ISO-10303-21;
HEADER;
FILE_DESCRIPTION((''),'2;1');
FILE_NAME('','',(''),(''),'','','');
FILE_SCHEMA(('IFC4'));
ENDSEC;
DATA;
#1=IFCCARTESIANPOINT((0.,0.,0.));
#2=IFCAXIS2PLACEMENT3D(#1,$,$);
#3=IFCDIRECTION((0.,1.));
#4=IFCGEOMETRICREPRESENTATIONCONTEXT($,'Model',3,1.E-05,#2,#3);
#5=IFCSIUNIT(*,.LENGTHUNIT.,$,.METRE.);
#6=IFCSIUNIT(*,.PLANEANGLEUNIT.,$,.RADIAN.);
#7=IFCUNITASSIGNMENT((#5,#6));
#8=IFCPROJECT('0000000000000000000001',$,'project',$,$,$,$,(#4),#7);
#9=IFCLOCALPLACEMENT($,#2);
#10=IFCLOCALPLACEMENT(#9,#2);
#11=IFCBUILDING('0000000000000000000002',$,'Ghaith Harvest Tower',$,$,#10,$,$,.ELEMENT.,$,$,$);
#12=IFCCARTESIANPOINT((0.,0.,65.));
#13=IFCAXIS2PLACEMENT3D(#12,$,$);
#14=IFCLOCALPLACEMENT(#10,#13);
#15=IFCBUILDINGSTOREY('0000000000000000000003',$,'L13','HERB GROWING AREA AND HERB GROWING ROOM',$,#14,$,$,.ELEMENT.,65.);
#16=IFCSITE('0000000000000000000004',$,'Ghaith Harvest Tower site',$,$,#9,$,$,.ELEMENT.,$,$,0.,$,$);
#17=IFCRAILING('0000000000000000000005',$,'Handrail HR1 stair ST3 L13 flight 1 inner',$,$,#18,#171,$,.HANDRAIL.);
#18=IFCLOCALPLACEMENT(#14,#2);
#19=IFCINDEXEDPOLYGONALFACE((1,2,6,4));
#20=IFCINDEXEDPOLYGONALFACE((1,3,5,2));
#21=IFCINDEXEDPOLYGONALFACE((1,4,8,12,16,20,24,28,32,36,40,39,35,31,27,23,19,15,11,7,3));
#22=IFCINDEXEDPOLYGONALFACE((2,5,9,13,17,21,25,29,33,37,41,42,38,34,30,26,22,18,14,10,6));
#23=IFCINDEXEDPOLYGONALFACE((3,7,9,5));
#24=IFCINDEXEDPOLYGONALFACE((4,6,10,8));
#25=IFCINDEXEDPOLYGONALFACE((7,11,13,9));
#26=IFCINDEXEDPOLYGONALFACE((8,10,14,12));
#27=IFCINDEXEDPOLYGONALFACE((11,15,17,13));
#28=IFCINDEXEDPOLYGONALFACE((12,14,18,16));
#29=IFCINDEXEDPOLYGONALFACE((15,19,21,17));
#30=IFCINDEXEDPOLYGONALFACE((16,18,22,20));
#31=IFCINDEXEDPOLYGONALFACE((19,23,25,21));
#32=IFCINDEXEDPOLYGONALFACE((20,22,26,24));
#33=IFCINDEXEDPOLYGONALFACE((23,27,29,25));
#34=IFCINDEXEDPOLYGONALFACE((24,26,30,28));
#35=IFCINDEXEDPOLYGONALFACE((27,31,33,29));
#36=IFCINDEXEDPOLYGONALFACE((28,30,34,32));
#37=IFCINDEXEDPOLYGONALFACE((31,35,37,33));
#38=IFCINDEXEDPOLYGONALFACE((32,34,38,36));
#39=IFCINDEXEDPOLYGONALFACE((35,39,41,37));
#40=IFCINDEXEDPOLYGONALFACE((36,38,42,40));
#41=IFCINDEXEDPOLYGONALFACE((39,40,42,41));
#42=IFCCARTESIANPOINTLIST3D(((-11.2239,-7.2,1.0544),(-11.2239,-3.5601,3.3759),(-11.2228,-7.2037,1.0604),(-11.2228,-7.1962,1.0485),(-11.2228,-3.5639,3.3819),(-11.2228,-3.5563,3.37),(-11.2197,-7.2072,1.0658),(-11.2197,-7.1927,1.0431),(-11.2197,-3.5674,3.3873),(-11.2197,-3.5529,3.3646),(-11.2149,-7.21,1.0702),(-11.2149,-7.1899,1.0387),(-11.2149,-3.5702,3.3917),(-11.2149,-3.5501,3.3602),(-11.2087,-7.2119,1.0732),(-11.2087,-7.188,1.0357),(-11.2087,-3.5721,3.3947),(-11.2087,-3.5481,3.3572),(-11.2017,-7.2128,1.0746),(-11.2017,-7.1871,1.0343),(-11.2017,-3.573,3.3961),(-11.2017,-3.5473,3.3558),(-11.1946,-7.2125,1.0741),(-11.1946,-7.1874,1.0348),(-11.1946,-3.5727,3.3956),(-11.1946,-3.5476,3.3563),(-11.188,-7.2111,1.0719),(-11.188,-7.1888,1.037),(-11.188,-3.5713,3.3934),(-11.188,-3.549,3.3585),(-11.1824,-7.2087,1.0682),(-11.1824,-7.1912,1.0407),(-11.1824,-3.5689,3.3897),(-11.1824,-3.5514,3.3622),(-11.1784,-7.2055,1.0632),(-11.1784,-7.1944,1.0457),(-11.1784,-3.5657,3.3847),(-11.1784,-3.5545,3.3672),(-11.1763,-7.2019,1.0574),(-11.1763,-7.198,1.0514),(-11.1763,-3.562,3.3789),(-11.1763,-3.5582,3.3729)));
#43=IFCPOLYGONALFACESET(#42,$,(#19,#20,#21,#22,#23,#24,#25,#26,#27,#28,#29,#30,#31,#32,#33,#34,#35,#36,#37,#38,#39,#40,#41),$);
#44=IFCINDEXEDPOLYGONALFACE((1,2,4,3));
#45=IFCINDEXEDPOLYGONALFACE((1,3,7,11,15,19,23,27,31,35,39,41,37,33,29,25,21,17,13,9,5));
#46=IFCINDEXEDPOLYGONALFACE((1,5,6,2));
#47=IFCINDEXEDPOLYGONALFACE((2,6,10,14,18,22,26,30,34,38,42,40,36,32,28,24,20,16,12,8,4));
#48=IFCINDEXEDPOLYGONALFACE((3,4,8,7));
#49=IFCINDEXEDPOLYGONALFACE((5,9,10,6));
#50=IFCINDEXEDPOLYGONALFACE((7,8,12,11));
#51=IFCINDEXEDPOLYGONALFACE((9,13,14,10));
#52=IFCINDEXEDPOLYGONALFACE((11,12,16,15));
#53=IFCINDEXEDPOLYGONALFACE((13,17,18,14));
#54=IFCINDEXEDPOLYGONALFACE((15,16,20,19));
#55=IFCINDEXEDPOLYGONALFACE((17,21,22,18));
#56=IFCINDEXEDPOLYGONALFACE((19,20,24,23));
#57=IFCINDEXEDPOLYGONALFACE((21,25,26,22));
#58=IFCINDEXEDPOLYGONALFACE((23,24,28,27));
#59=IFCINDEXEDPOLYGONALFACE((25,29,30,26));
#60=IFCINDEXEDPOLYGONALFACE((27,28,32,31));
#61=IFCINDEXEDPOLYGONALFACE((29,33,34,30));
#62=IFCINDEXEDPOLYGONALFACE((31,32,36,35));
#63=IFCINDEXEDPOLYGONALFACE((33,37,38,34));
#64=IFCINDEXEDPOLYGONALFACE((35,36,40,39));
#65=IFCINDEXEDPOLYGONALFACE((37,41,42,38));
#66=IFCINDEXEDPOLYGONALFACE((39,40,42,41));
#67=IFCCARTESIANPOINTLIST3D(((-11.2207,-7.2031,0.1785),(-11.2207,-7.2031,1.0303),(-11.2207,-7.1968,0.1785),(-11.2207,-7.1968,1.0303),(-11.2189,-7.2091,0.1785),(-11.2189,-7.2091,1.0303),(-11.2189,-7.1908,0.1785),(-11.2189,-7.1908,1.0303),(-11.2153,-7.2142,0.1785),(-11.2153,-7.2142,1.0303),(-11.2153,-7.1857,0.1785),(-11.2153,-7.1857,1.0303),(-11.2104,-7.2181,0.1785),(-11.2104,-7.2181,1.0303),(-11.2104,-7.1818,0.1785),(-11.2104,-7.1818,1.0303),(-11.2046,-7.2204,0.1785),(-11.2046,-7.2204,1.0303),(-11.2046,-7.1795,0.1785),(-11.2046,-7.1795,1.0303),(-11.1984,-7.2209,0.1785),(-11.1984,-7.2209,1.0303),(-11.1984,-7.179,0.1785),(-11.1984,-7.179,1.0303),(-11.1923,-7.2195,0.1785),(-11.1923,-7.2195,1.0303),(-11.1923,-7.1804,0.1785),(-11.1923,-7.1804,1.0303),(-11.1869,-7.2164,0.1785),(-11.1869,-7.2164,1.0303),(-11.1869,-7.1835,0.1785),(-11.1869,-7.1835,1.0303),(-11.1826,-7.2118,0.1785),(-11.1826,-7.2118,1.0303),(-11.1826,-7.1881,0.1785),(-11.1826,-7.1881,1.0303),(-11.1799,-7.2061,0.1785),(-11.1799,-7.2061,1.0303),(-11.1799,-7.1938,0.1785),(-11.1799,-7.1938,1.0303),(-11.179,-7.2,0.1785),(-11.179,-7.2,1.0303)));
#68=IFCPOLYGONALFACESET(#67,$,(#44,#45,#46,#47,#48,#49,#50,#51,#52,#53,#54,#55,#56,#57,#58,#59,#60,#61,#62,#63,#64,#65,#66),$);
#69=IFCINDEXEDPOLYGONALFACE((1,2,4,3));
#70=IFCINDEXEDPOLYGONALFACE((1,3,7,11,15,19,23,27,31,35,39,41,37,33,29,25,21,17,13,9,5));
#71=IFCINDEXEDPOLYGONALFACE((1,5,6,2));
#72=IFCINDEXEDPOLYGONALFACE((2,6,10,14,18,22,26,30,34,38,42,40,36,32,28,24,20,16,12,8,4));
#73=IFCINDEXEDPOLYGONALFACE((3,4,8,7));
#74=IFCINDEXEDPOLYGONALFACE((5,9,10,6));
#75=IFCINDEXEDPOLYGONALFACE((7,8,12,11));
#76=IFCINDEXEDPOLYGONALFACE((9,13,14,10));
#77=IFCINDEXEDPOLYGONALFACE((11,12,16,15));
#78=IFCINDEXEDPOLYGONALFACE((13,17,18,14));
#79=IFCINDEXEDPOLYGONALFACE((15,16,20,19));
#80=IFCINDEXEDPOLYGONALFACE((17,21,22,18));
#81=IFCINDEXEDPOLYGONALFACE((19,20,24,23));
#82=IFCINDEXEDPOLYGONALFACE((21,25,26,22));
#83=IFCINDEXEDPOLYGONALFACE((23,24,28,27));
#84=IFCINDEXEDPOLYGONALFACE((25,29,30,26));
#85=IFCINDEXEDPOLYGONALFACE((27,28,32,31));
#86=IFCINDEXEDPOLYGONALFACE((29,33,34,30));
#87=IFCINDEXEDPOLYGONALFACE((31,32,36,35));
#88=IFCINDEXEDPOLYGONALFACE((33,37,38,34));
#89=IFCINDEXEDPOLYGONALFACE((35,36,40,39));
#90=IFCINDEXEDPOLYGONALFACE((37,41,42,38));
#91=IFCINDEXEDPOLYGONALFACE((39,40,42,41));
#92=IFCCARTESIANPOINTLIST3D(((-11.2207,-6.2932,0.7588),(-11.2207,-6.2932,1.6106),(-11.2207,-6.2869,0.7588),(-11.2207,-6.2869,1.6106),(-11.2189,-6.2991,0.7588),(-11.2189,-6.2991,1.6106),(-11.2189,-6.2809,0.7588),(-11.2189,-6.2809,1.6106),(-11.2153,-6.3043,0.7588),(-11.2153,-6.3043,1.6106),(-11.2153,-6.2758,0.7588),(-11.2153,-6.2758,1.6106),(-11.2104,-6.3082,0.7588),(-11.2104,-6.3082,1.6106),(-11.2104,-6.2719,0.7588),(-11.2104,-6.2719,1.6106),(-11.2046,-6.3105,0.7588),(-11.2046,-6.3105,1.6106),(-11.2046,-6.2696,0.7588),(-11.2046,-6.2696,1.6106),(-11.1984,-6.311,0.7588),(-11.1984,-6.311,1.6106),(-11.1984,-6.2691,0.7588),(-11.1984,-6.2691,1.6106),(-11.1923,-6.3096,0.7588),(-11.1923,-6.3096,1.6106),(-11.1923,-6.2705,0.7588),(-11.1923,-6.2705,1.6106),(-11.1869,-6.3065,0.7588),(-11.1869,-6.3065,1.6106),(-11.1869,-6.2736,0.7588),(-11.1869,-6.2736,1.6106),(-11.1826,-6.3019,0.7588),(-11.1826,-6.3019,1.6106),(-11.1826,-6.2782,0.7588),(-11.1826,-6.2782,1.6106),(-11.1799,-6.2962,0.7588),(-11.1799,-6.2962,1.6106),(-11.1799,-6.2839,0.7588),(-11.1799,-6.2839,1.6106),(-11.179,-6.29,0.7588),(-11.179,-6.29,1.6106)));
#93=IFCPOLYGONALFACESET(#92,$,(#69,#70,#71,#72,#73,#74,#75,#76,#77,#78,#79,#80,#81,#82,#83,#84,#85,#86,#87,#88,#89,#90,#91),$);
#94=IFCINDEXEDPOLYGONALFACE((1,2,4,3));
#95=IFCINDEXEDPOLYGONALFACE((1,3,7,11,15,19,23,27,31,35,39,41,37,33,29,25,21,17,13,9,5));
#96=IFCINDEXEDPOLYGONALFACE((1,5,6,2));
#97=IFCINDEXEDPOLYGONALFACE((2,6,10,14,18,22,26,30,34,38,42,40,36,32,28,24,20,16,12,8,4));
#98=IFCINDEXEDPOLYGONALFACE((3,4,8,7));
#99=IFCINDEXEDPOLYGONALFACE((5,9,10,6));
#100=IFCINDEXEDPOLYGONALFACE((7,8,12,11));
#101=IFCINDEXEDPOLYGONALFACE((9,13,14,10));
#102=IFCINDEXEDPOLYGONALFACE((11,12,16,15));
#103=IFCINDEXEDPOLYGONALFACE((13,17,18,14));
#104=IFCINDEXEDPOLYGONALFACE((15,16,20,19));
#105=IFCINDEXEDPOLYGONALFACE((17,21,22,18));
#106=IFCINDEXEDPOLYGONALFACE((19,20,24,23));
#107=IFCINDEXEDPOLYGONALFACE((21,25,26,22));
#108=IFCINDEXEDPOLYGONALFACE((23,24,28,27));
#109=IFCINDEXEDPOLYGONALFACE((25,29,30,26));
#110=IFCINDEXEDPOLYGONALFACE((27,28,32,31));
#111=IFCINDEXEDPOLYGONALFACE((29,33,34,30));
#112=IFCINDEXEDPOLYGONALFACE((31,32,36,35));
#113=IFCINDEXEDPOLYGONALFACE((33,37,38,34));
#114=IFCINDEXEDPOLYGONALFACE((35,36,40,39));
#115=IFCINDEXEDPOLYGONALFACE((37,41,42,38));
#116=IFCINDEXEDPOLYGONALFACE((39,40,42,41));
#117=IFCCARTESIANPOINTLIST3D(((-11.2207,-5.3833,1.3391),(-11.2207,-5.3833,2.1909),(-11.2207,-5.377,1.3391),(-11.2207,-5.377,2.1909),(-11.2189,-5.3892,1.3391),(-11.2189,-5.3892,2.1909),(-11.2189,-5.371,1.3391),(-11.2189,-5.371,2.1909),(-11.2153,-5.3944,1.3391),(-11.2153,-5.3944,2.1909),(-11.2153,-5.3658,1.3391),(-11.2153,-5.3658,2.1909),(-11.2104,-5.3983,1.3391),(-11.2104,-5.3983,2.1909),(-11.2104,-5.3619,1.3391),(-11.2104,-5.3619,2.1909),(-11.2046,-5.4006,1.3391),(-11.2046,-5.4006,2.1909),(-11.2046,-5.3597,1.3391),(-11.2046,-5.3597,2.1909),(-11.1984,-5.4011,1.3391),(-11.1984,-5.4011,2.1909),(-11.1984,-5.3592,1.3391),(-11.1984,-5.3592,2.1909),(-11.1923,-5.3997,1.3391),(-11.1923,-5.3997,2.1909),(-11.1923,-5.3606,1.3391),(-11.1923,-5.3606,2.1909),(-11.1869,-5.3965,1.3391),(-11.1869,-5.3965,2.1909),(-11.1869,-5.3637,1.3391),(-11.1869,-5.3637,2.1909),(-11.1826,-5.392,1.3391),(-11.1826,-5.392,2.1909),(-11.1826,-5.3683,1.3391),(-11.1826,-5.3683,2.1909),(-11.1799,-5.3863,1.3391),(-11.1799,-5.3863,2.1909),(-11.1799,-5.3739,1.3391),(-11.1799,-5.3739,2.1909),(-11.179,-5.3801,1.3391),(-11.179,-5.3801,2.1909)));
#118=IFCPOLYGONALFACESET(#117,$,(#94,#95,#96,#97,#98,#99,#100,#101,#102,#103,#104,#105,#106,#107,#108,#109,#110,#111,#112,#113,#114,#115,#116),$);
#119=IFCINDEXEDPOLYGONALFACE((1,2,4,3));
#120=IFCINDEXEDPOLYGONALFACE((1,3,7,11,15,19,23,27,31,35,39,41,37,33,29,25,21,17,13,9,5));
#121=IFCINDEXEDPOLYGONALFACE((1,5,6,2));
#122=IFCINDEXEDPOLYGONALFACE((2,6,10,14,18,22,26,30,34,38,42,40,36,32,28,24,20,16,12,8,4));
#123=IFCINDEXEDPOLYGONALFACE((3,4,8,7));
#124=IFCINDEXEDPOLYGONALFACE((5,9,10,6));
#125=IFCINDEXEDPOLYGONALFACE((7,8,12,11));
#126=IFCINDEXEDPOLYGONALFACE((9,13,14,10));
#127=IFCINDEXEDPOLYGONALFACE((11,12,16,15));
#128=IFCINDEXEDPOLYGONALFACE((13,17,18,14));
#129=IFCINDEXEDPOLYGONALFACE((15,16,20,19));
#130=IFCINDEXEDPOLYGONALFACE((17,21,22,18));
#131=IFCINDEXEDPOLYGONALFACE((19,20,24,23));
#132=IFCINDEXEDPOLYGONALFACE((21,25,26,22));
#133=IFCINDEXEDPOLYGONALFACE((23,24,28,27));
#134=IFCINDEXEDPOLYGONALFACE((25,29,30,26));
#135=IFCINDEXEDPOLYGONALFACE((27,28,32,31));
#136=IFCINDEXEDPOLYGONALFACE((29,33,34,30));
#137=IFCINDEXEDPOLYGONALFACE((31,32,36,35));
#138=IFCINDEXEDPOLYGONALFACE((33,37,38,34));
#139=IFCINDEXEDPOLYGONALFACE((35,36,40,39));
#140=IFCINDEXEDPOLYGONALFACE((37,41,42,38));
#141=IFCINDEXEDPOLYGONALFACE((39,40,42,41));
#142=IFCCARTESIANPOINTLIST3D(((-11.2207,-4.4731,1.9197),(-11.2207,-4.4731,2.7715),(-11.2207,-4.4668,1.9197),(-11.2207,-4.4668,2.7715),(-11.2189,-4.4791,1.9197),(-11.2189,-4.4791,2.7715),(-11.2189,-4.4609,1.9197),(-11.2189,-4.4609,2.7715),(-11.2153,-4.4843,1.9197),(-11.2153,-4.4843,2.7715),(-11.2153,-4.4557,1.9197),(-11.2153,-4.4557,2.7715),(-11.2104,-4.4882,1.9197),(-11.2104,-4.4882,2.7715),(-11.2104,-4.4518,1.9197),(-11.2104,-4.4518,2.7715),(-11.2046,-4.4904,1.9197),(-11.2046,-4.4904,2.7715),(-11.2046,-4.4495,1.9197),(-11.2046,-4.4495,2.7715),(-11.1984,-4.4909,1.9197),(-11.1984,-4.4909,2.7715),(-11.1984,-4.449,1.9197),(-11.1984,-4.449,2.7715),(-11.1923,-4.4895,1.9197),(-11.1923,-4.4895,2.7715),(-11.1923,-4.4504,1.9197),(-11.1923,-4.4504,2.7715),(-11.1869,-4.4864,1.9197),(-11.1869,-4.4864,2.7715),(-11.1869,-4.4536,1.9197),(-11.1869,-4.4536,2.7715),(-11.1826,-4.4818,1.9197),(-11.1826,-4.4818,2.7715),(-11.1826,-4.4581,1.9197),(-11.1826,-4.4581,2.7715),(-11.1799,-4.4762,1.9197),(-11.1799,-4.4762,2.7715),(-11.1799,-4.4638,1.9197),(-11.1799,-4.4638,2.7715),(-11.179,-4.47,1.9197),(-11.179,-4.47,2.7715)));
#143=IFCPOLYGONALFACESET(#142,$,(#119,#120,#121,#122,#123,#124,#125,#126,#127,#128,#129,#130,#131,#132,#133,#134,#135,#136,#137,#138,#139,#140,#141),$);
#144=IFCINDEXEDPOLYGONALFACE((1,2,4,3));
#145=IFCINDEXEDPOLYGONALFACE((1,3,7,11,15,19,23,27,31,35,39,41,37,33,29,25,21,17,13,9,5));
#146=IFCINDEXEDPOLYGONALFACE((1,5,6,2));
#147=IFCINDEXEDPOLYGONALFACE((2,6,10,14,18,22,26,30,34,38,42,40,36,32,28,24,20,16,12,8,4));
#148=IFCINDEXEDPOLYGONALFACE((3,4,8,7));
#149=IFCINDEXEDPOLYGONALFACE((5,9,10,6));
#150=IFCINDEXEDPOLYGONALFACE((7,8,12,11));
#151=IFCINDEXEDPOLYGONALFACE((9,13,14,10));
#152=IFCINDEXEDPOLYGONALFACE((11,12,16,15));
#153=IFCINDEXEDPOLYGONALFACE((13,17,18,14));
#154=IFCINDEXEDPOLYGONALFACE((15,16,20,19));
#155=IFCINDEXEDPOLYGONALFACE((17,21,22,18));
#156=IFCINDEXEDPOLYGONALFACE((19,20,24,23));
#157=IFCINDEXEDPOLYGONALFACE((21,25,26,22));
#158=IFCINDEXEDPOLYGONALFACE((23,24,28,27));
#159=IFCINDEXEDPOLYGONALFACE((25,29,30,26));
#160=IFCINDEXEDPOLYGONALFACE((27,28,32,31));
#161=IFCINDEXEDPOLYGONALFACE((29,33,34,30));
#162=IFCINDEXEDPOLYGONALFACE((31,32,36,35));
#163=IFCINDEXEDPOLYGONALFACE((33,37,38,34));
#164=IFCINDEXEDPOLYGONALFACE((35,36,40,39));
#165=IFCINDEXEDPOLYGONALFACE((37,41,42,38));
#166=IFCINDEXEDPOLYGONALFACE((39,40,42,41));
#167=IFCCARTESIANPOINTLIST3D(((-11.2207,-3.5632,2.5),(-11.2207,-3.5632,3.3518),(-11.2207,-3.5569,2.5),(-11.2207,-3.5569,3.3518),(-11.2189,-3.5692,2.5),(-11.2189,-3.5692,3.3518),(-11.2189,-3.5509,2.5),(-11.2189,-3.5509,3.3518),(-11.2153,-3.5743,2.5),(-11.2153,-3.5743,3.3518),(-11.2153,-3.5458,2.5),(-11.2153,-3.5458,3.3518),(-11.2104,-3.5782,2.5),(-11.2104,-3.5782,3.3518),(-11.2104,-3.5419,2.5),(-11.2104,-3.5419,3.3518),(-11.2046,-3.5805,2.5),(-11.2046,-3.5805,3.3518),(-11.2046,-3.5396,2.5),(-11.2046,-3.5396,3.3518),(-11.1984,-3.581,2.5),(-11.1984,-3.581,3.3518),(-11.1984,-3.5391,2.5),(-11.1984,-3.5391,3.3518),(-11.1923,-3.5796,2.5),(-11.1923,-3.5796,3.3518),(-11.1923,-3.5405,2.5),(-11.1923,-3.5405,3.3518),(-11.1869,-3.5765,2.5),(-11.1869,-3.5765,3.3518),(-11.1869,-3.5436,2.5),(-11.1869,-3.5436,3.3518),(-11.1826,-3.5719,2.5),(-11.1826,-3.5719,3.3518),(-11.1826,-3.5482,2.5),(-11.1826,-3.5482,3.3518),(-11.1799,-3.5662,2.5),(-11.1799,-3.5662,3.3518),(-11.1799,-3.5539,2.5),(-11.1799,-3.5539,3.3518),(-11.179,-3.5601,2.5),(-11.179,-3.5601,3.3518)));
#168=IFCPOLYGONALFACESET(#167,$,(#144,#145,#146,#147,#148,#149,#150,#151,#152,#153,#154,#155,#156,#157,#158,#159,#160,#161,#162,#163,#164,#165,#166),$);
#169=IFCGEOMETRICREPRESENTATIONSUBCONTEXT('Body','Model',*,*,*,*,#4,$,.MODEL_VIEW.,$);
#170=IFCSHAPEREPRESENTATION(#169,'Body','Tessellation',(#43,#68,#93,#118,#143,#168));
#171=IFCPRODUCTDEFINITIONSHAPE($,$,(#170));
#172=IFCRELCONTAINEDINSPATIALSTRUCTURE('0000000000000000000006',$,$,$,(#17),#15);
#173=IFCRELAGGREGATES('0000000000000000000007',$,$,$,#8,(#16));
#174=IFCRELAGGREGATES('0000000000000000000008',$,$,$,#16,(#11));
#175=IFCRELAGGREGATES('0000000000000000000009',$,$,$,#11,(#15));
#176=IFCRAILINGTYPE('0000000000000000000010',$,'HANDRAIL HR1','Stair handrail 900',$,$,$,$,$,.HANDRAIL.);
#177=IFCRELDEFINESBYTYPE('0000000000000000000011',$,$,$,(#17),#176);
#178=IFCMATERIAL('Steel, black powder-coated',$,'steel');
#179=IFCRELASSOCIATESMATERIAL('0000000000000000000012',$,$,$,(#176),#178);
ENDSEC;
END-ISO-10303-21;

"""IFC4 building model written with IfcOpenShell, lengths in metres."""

from ifc_helpers import new_model, si_unit, direction, frame, origin, origin_2d, place, context, subcontext, project, spatial, circle, extrude, material, type_object, element, save


model = new_model("IFC4")

# Units and contexts
model_context = context("Model", 3, precision=1e-05, world=origin(), true_north=direction((0.0, 1.0)))
body_context = subcontext(model_context, "Body", "Model", "MODEL_VIEW")
ifc_project = project(units=[si_unit("LENGTHUNIT", "METRE"), si_unit("PLANEANGLEUNIT", "RADIAN")], contexts=[model_context])

# Site, building, storey
site_placement = place(None, origin())
site = spatial("IfcSite", under=ifc_project, at=site_placement, Name="Ghaith Harvest Tower site", CompositionType="ELEMENT", RefElevation=0.0)
building_placement = place(site_placement, origin())
building = spatial("IfcBuilding", under=site, at=building_placement, Name="Ghaith Harvest Tower", CompositionType="ELEMENT")
storey_placement = place(building_placement, frame((0.0, 0.0, 65.0)))
storey = spatial("IfcBuildingStorey", under=building, at=storey_placement, Name="L13", Description="HERB GROWING AREA AND HERB GROWING ROOM", CompositionType="ELEMENT", Elevation=65.0)

# Railing
ifc_material_1 = material(Name="Steel, black powder-coated", Category="steel")
railing_type = type_object("IfcRailingType", Name="HANDRAIL HR1", Description="Stair handrail 900", PredefinedType="HANDRAIL", material=ifc_material_1)
railing_1_placement = place(storey_placement, frame((-11.2, -7.2, 0.1785)))
element("IfcRailing", 1, at=railing_1_placement, inside=storey, type_object=railing_type, Name="Handrail HR1 stair ST3 L13 flight 1 inner", PredefinedType="HANDRAIL", context=body_context, shape_type="SweptSolid", body=[
    extrude(circle(Radius=0.0239, at=origin_2d()), frame((0.0, 0.0, 0.876), z_axis=(0.0, 0.843112, 0.537739), x_axis=(-1.0, 0.0, 0.0)), (0.0, 0.0, 1.0), 4.3171),
    extrude(circle(Radius=0.021, at=origin_2d()), origin(), (0.0, 0.0, 1.0), 0.8518),
    extrude(circle(Radius=0.021, at=origin_2d()), frame((0.0, 0.9099, 0.5803)), (0.0, 0.0, 1.0), 0.8518),
    extrude(circle(Radius=0.021, at=origin_2d()), frame((0.0, 1.8198, 1.1606)), (0.0, 0.0, 1.0), 0.8518),
    extrude(circle(Radius=0.021, at=origin_2d()), frame((0.0, 2.73, 1.7412)), (0.0, 0.0, 1.0), 0.8518),
    extrude(circle(Radius=0.021, at=origin_2d()), frame((0.0, 3.6399, 2.3215)), (0.0, 0.0, 1.0), 0.8518),
])

save(model, "model.ifc")
